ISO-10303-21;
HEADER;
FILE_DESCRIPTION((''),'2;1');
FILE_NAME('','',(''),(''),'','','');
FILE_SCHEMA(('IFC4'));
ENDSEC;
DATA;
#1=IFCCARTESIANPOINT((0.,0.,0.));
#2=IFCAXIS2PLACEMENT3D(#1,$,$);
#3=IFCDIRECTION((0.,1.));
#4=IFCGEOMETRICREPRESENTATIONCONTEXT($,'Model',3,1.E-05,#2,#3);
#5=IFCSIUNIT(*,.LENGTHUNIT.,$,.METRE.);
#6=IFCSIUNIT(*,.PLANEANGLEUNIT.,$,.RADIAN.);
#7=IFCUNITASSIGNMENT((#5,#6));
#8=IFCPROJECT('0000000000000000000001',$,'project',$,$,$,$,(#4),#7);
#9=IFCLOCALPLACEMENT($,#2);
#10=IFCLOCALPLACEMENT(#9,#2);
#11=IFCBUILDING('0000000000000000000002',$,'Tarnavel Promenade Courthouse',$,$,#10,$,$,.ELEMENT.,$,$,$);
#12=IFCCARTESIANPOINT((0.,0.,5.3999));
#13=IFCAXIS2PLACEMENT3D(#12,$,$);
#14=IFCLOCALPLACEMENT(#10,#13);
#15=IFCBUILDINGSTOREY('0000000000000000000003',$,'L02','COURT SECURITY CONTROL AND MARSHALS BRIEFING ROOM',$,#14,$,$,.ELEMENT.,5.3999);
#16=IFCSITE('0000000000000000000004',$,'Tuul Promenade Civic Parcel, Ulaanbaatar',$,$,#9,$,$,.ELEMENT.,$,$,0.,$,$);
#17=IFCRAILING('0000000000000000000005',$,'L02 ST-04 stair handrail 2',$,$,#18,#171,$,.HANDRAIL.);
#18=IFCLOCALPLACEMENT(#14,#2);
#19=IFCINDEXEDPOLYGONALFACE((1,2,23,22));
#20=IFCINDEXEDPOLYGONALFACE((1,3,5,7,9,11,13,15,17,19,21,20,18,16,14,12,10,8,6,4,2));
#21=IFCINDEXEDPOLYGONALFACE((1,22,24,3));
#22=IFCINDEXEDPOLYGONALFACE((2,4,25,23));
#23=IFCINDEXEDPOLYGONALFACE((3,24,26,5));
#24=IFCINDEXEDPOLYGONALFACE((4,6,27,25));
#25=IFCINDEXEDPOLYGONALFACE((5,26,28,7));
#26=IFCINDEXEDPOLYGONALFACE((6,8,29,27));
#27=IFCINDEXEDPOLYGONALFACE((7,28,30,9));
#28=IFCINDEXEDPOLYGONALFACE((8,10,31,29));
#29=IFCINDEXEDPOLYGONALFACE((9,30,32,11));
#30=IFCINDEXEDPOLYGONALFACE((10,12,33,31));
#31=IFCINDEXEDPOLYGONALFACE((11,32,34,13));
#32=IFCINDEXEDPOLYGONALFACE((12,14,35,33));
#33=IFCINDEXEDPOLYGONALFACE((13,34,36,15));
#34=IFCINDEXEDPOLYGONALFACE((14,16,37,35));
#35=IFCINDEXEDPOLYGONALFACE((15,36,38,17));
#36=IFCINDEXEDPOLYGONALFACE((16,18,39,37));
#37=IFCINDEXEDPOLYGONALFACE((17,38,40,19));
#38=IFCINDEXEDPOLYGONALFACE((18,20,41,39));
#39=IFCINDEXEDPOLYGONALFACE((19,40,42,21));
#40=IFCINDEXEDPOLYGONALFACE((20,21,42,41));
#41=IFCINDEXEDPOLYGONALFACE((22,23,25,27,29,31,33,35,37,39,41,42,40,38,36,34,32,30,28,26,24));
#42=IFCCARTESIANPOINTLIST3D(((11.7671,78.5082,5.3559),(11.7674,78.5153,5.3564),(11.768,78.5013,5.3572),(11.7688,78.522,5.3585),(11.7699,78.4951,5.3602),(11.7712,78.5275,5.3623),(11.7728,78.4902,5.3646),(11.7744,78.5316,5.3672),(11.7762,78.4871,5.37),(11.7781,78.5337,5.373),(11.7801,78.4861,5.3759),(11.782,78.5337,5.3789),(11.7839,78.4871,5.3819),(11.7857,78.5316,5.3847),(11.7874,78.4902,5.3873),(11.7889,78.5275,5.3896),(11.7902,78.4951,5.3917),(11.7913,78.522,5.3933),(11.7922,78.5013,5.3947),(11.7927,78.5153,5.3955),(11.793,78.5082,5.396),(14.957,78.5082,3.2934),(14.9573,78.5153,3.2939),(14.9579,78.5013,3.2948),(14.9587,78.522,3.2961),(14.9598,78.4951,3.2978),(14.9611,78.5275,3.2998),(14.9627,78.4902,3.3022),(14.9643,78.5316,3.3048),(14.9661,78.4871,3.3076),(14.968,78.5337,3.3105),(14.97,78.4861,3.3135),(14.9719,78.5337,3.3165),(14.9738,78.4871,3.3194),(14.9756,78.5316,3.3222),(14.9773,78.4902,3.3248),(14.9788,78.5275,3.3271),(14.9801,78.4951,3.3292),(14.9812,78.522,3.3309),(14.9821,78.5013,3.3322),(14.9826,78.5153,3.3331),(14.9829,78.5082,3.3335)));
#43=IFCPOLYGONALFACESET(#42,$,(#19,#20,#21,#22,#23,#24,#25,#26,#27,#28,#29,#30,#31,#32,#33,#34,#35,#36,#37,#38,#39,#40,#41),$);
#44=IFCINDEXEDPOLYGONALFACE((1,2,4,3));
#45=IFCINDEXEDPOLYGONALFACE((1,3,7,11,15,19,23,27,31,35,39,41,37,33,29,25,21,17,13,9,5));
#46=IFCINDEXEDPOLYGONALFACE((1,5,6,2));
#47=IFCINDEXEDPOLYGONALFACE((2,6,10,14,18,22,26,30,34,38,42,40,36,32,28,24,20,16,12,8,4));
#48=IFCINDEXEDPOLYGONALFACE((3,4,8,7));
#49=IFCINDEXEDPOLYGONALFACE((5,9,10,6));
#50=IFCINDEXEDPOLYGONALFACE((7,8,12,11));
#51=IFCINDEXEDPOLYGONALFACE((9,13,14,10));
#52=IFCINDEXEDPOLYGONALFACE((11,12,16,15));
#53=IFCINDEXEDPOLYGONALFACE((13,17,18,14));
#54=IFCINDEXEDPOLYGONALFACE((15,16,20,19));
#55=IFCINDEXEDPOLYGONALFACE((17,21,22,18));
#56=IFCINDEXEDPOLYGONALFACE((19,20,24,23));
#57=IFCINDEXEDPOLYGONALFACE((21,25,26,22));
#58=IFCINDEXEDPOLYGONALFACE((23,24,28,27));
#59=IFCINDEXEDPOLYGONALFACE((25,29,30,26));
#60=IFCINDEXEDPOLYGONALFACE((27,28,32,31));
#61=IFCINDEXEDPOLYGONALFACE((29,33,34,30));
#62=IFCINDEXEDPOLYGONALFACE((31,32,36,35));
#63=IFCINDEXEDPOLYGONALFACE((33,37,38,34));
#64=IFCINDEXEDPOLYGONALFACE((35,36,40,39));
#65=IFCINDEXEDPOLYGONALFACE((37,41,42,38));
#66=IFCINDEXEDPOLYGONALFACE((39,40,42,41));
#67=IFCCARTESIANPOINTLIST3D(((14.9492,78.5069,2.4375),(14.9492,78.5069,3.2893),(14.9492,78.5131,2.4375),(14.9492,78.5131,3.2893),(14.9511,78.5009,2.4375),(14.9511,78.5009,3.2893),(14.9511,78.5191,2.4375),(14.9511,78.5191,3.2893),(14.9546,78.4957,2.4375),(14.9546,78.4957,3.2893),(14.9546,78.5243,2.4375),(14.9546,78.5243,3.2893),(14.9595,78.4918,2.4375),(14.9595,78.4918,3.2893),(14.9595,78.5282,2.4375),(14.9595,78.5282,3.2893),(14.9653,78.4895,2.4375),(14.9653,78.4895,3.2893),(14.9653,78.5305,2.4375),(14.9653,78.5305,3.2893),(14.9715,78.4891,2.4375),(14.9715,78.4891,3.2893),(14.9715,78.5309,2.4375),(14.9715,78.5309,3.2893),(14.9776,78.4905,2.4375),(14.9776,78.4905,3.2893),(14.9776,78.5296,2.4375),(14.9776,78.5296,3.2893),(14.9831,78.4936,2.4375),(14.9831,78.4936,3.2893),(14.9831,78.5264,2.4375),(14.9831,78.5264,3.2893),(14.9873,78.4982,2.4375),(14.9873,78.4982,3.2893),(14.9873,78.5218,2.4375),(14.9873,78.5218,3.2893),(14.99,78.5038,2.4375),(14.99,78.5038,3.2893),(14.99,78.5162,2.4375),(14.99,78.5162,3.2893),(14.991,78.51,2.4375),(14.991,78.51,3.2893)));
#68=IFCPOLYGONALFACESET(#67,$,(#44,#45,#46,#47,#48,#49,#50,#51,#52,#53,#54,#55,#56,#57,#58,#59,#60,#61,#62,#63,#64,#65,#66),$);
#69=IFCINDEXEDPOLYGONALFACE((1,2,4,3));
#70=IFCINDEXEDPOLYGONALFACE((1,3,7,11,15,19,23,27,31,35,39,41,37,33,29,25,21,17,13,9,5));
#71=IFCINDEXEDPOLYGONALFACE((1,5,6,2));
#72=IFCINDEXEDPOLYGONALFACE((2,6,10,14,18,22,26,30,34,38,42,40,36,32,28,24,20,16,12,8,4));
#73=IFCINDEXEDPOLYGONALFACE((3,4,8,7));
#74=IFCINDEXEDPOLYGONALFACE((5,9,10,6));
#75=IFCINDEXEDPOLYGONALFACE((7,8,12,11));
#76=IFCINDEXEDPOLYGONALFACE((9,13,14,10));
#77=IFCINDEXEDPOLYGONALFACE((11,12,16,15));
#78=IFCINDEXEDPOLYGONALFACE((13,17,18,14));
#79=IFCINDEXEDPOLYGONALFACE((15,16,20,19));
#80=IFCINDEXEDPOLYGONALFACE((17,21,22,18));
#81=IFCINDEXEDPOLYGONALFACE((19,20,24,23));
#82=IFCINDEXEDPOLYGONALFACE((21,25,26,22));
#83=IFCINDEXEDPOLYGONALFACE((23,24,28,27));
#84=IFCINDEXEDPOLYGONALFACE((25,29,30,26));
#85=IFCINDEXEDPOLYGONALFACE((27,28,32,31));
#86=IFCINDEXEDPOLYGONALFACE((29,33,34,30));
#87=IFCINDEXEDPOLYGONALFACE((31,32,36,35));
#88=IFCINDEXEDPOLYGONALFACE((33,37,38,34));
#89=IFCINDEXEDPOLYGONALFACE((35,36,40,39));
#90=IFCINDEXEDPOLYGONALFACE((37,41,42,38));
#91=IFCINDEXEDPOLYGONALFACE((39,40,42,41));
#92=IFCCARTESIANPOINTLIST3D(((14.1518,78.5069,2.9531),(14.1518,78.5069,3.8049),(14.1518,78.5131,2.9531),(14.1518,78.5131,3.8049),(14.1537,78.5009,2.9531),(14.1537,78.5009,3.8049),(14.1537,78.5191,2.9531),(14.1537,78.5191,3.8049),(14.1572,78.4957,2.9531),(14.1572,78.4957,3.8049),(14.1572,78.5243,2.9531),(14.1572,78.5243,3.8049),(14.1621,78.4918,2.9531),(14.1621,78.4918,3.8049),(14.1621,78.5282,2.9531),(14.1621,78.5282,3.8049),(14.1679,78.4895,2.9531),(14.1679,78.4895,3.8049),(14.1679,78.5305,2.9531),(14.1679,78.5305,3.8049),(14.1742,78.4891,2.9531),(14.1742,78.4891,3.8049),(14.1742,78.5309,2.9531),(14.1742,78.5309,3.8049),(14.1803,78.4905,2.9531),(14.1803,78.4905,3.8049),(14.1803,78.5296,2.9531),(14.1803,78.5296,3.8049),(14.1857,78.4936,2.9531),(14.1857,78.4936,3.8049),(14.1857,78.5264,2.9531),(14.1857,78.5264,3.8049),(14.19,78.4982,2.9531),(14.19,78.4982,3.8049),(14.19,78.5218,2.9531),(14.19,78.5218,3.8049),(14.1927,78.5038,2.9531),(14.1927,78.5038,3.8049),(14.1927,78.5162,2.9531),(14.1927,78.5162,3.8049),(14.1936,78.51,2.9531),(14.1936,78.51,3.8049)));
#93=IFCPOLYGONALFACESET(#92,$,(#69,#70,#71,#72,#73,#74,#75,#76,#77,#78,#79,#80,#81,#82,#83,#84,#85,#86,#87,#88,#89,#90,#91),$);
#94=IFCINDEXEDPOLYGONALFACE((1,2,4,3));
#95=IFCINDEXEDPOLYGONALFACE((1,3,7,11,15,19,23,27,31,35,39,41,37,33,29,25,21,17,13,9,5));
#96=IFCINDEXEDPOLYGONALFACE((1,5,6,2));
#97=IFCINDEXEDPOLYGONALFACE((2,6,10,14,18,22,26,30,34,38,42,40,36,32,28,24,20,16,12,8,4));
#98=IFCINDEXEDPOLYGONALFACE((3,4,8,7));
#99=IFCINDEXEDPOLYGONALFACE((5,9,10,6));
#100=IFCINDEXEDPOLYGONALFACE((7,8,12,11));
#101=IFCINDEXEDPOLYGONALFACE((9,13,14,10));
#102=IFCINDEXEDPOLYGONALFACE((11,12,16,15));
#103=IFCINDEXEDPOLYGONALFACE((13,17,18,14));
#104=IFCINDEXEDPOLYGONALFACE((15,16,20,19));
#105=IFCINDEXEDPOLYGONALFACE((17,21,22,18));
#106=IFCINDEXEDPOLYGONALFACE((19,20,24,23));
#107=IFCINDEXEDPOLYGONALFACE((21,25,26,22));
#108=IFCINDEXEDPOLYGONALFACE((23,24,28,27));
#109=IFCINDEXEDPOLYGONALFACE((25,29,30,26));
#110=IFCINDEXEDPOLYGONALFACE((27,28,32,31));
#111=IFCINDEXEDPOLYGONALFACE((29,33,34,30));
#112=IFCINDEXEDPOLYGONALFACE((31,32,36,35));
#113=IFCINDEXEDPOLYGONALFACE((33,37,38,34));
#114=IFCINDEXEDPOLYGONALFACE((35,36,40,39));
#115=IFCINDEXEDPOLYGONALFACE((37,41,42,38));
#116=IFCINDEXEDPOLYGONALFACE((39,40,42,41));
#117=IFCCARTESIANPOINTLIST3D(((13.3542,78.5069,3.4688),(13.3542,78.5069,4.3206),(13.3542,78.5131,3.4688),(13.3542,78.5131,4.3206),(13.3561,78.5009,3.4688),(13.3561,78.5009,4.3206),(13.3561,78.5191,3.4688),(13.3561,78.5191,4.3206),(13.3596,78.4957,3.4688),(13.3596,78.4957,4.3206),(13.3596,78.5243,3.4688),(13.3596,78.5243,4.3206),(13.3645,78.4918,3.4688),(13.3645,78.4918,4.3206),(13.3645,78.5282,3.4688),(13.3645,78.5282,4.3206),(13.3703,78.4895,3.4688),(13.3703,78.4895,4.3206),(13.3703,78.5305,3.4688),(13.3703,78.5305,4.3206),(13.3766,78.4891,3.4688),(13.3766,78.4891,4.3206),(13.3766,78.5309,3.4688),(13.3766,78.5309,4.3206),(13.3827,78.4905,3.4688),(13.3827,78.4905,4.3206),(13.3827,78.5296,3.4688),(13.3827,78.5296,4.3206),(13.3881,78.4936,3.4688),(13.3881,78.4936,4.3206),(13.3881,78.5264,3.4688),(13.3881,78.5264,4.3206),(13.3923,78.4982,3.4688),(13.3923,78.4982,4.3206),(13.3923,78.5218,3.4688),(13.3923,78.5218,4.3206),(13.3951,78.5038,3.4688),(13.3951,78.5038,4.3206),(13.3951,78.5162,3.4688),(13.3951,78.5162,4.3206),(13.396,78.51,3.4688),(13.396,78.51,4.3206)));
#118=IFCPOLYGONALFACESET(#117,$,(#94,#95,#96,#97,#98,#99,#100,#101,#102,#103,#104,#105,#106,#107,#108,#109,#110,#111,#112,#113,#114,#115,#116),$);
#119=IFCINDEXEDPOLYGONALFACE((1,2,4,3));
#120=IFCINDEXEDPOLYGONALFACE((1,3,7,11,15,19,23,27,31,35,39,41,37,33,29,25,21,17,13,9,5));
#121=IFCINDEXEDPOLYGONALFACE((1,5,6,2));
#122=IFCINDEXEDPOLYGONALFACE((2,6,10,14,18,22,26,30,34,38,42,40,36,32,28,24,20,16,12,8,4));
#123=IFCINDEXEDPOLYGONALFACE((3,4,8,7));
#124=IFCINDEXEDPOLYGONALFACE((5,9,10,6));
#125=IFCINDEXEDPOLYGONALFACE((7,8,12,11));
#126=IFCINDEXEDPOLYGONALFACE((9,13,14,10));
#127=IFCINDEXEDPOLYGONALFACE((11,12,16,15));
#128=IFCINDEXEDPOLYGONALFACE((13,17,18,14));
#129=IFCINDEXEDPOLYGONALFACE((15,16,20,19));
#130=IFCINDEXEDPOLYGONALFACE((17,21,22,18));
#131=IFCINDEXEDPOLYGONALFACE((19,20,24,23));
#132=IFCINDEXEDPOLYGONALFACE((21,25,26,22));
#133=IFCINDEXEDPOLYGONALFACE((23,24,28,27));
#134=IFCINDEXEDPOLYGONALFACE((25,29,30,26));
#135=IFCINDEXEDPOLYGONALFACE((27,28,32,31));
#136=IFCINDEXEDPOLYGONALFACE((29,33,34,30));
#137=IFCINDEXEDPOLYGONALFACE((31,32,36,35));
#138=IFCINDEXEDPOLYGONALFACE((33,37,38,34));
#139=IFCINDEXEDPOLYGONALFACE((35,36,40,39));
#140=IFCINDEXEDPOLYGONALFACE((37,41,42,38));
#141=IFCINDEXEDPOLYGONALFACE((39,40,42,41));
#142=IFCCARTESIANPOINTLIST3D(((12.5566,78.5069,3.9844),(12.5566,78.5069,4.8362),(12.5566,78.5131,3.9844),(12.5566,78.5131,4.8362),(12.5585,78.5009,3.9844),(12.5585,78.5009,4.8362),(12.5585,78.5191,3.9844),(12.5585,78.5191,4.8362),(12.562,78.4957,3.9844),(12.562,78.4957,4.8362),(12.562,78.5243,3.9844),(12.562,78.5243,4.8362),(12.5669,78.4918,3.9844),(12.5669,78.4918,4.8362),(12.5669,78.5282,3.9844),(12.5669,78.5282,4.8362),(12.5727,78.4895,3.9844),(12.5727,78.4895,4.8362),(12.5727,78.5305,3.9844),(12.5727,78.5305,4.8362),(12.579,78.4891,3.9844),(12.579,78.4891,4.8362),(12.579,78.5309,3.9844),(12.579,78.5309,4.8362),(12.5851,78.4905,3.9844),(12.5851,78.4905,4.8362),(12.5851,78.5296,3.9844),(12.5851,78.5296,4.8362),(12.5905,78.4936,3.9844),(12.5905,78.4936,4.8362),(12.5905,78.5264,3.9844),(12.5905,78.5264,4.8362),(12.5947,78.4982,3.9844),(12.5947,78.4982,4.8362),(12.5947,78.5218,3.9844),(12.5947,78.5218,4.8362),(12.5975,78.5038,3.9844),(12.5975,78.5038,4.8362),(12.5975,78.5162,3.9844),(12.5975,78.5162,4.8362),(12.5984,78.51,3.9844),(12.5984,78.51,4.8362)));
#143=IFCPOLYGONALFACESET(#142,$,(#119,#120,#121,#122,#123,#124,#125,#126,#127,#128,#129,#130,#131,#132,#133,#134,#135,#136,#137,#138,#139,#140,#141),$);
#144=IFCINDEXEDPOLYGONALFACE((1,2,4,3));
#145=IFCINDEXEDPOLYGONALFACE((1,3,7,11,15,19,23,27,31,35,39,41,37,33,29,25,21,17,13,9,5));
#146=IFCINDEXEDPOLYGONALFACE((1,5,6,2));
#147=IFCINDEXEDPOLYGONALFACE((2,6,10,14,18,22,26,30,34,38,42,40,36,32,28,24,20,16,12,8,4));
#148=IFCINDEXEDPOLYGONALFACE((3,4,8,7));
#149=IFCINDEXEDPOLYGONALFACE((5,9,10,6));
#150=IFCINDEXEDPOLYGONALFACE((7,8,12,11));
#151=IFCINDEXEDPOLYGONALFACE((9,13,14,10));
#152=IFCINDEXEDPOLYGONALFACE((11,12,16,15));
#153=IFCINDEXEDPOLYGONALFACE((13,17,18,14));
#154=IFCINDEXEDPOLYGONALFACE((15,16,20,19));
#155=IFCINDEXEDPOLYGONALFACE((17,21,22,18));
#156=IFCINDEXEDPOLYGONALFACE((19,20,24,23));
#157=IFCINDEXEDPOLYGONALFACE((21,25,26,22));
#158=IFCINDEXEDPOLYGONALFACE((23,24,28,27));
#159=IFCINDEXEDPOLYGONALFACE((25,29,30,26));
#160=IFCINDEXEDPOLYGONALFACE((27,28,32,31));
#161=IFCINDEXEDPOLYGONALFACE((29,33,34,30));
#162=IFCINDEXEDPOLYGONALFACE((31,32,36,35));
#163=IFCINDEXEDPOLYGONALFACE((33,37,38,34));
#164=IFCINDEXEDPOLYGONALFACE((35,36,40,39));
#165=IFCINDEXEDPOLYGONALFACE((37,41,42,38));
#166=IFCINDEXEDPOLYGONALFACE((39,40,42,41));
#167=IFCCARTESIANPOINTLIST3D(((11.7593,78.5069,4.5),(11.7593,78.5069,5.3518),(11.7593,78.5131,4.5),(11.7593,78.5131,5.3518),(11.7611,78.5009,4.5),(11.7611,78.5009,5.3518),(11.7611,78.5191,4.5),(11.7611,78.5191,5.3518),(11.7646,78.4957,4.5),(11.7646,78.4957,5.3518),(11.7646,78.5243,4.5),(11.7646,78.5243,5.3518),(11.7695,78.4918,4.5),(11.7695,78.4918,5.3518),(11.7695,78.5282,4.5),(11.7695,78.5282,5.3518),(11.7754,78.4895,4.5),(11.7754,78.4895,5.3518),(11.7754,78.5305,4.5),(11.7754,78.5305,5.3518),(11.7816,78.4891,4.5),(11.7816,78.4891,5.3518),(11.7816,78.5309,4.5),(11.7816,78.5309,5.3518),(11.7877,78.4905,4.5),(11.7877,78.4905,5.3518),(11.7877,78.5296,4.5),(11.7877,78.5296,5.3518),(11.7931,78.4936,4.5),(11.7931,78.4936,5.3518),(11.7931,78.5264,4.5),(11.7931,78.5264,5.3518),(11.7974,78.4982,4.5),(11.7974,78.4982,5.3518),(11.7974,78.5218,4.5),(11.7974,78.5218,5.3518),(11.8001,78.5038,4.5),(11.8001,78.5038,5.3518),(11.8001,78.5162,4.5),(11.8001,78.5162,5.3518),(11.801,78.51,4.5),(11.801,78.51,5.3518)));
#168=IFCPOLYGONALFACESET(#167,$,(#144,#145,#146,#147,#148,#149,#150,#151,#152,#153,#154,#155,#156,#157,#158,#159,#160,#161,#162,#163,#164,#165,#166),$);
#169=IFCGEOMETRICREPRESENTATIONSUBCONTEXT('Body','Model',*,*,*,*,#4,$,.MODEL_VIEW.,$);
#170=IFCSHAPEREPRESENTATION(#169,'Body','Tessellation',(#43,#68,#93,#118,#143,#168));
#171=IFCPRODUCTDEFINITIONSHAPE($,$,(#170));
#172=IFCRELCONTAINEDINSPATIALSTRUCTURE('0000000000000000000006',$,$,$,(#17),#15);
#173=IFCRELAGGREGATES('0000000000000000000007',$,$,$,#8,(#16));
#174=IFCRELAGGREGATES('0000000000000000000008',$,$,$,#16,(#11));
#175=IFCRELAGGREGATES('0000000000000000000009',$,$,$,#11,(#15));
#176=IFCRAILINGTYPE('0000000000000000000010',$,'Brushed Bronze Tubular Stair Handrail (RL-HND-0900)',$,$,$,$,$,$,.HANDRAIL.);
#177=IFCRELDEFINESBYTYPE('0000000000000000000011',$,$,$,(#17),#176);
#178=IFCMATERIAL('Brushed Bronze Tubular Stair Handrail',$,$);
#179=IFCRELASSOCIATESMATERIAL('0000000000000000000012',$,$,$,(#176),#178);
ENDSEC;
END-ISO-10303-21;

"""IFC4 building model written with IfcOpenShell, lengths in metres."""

from ifc_helpers import new_model, si_unit, direction, frame, origin, origin_2d, place, context, subcontext, project, spatial, circle, extrude, material, type_object, element, save


model = new_model("IFC4")

# Units and contexts
model_context = context("Model", 3, precision=1e-05, world=origin(), true_north=direction((0.0, 1.0)))
body_context = subcontext(model_context, "Body", "Model", "MODEL_VIEW")
ifc_project = project(units=[si_unit("LENGTHUNIT", "METRE"), si_unit("PLANEANGLEUNIT", "RADIAN")], contexts=[model_context])

# Site, building, storey
site_placement = place(None, origin())
site = spatial("IfcSite", under=ifc_project, at=site_placement, Name="Tuul Promenade Civic Parcel, Ulaanbaatar", CompositionType="ELEMENT", RefElevation=0.0)
building_placement = place(site_placement, origin())
building = spatial("IfcBuilding", under=site, at=building_placement, Name="Tarnavel Promenade Courthouse", CompositionType="ELEMENT")
storey_placement = place(building_placement, frame((0.0, 0.0, 5.3999)))
storey = spatial("IfcBuildingStorey", under=building, at=storey_placement, Name="L02", Description="COURT SECURITY CONTROL AND MARSHALS BRIEFING ROOM", CompositionType="ELEMENT", Elevation=5.3999)

# Railing
ifc_material_1 = material(Name="Brushed Bronze Tubular Stair Handrail")
railing_type_1 = type_object("IfcRailingType", Name="Brushed Bronze Tubular Stair Handrail (RL-HND-0900)", PredefinedType="HANDRAIL", material=ifc_material_1)
railing_1_placement = place(storey_placement, frame((14.97, 78.51, 2.4375)))
element("IfcRailing", 1, at=railing_1_placement, inside=storey, type_object=railing_type_1, Name="L02 ST-04 stair handrail 2", PredefinedType="HANDRAIL", context=body_context, shape_type="SweptSolid", body=[
    extrude(circle(Radius=0.0239, at=origin_2d()), frame((0.0, 0.0, 0.876), z_axis=(-0.83976, 0.0, 0.542958), x_axis=(0.0, -1.0, 0.0)), (0.0, 0.0, 1.0), 3.7986),
    extrude(circle(Radius=0.021, at=origin_2d()), origin(), (0.0, 0.0, 1.0), 0.8518),
    extrude(circle(Radius=0.021, at=origin_2d()), frame((-0.7974, 0.0, 0.5156)), (0.0, 0.0, 1.0), 0.8518),
    extrude(circle(Radius=0.021, at=origin_2d()), frame((-1.595, 0.0, 1.0312)), (0.0, 0.0, 1.0), 0.8518),
    extrude(circle(Radius=0.021, at=origin_2d()), frame((-2.3926, 0.0, 1.5469)), (0.0, 0.0, 1.0), 0.8518),
    extrude(circle(Radius=0.021, at=origin_2d()), frame((-3.1899, 0.0, 2.0625)), (0.0, 0.0, 1.0), 0.8518),
])

save(model, "model.ifc")
